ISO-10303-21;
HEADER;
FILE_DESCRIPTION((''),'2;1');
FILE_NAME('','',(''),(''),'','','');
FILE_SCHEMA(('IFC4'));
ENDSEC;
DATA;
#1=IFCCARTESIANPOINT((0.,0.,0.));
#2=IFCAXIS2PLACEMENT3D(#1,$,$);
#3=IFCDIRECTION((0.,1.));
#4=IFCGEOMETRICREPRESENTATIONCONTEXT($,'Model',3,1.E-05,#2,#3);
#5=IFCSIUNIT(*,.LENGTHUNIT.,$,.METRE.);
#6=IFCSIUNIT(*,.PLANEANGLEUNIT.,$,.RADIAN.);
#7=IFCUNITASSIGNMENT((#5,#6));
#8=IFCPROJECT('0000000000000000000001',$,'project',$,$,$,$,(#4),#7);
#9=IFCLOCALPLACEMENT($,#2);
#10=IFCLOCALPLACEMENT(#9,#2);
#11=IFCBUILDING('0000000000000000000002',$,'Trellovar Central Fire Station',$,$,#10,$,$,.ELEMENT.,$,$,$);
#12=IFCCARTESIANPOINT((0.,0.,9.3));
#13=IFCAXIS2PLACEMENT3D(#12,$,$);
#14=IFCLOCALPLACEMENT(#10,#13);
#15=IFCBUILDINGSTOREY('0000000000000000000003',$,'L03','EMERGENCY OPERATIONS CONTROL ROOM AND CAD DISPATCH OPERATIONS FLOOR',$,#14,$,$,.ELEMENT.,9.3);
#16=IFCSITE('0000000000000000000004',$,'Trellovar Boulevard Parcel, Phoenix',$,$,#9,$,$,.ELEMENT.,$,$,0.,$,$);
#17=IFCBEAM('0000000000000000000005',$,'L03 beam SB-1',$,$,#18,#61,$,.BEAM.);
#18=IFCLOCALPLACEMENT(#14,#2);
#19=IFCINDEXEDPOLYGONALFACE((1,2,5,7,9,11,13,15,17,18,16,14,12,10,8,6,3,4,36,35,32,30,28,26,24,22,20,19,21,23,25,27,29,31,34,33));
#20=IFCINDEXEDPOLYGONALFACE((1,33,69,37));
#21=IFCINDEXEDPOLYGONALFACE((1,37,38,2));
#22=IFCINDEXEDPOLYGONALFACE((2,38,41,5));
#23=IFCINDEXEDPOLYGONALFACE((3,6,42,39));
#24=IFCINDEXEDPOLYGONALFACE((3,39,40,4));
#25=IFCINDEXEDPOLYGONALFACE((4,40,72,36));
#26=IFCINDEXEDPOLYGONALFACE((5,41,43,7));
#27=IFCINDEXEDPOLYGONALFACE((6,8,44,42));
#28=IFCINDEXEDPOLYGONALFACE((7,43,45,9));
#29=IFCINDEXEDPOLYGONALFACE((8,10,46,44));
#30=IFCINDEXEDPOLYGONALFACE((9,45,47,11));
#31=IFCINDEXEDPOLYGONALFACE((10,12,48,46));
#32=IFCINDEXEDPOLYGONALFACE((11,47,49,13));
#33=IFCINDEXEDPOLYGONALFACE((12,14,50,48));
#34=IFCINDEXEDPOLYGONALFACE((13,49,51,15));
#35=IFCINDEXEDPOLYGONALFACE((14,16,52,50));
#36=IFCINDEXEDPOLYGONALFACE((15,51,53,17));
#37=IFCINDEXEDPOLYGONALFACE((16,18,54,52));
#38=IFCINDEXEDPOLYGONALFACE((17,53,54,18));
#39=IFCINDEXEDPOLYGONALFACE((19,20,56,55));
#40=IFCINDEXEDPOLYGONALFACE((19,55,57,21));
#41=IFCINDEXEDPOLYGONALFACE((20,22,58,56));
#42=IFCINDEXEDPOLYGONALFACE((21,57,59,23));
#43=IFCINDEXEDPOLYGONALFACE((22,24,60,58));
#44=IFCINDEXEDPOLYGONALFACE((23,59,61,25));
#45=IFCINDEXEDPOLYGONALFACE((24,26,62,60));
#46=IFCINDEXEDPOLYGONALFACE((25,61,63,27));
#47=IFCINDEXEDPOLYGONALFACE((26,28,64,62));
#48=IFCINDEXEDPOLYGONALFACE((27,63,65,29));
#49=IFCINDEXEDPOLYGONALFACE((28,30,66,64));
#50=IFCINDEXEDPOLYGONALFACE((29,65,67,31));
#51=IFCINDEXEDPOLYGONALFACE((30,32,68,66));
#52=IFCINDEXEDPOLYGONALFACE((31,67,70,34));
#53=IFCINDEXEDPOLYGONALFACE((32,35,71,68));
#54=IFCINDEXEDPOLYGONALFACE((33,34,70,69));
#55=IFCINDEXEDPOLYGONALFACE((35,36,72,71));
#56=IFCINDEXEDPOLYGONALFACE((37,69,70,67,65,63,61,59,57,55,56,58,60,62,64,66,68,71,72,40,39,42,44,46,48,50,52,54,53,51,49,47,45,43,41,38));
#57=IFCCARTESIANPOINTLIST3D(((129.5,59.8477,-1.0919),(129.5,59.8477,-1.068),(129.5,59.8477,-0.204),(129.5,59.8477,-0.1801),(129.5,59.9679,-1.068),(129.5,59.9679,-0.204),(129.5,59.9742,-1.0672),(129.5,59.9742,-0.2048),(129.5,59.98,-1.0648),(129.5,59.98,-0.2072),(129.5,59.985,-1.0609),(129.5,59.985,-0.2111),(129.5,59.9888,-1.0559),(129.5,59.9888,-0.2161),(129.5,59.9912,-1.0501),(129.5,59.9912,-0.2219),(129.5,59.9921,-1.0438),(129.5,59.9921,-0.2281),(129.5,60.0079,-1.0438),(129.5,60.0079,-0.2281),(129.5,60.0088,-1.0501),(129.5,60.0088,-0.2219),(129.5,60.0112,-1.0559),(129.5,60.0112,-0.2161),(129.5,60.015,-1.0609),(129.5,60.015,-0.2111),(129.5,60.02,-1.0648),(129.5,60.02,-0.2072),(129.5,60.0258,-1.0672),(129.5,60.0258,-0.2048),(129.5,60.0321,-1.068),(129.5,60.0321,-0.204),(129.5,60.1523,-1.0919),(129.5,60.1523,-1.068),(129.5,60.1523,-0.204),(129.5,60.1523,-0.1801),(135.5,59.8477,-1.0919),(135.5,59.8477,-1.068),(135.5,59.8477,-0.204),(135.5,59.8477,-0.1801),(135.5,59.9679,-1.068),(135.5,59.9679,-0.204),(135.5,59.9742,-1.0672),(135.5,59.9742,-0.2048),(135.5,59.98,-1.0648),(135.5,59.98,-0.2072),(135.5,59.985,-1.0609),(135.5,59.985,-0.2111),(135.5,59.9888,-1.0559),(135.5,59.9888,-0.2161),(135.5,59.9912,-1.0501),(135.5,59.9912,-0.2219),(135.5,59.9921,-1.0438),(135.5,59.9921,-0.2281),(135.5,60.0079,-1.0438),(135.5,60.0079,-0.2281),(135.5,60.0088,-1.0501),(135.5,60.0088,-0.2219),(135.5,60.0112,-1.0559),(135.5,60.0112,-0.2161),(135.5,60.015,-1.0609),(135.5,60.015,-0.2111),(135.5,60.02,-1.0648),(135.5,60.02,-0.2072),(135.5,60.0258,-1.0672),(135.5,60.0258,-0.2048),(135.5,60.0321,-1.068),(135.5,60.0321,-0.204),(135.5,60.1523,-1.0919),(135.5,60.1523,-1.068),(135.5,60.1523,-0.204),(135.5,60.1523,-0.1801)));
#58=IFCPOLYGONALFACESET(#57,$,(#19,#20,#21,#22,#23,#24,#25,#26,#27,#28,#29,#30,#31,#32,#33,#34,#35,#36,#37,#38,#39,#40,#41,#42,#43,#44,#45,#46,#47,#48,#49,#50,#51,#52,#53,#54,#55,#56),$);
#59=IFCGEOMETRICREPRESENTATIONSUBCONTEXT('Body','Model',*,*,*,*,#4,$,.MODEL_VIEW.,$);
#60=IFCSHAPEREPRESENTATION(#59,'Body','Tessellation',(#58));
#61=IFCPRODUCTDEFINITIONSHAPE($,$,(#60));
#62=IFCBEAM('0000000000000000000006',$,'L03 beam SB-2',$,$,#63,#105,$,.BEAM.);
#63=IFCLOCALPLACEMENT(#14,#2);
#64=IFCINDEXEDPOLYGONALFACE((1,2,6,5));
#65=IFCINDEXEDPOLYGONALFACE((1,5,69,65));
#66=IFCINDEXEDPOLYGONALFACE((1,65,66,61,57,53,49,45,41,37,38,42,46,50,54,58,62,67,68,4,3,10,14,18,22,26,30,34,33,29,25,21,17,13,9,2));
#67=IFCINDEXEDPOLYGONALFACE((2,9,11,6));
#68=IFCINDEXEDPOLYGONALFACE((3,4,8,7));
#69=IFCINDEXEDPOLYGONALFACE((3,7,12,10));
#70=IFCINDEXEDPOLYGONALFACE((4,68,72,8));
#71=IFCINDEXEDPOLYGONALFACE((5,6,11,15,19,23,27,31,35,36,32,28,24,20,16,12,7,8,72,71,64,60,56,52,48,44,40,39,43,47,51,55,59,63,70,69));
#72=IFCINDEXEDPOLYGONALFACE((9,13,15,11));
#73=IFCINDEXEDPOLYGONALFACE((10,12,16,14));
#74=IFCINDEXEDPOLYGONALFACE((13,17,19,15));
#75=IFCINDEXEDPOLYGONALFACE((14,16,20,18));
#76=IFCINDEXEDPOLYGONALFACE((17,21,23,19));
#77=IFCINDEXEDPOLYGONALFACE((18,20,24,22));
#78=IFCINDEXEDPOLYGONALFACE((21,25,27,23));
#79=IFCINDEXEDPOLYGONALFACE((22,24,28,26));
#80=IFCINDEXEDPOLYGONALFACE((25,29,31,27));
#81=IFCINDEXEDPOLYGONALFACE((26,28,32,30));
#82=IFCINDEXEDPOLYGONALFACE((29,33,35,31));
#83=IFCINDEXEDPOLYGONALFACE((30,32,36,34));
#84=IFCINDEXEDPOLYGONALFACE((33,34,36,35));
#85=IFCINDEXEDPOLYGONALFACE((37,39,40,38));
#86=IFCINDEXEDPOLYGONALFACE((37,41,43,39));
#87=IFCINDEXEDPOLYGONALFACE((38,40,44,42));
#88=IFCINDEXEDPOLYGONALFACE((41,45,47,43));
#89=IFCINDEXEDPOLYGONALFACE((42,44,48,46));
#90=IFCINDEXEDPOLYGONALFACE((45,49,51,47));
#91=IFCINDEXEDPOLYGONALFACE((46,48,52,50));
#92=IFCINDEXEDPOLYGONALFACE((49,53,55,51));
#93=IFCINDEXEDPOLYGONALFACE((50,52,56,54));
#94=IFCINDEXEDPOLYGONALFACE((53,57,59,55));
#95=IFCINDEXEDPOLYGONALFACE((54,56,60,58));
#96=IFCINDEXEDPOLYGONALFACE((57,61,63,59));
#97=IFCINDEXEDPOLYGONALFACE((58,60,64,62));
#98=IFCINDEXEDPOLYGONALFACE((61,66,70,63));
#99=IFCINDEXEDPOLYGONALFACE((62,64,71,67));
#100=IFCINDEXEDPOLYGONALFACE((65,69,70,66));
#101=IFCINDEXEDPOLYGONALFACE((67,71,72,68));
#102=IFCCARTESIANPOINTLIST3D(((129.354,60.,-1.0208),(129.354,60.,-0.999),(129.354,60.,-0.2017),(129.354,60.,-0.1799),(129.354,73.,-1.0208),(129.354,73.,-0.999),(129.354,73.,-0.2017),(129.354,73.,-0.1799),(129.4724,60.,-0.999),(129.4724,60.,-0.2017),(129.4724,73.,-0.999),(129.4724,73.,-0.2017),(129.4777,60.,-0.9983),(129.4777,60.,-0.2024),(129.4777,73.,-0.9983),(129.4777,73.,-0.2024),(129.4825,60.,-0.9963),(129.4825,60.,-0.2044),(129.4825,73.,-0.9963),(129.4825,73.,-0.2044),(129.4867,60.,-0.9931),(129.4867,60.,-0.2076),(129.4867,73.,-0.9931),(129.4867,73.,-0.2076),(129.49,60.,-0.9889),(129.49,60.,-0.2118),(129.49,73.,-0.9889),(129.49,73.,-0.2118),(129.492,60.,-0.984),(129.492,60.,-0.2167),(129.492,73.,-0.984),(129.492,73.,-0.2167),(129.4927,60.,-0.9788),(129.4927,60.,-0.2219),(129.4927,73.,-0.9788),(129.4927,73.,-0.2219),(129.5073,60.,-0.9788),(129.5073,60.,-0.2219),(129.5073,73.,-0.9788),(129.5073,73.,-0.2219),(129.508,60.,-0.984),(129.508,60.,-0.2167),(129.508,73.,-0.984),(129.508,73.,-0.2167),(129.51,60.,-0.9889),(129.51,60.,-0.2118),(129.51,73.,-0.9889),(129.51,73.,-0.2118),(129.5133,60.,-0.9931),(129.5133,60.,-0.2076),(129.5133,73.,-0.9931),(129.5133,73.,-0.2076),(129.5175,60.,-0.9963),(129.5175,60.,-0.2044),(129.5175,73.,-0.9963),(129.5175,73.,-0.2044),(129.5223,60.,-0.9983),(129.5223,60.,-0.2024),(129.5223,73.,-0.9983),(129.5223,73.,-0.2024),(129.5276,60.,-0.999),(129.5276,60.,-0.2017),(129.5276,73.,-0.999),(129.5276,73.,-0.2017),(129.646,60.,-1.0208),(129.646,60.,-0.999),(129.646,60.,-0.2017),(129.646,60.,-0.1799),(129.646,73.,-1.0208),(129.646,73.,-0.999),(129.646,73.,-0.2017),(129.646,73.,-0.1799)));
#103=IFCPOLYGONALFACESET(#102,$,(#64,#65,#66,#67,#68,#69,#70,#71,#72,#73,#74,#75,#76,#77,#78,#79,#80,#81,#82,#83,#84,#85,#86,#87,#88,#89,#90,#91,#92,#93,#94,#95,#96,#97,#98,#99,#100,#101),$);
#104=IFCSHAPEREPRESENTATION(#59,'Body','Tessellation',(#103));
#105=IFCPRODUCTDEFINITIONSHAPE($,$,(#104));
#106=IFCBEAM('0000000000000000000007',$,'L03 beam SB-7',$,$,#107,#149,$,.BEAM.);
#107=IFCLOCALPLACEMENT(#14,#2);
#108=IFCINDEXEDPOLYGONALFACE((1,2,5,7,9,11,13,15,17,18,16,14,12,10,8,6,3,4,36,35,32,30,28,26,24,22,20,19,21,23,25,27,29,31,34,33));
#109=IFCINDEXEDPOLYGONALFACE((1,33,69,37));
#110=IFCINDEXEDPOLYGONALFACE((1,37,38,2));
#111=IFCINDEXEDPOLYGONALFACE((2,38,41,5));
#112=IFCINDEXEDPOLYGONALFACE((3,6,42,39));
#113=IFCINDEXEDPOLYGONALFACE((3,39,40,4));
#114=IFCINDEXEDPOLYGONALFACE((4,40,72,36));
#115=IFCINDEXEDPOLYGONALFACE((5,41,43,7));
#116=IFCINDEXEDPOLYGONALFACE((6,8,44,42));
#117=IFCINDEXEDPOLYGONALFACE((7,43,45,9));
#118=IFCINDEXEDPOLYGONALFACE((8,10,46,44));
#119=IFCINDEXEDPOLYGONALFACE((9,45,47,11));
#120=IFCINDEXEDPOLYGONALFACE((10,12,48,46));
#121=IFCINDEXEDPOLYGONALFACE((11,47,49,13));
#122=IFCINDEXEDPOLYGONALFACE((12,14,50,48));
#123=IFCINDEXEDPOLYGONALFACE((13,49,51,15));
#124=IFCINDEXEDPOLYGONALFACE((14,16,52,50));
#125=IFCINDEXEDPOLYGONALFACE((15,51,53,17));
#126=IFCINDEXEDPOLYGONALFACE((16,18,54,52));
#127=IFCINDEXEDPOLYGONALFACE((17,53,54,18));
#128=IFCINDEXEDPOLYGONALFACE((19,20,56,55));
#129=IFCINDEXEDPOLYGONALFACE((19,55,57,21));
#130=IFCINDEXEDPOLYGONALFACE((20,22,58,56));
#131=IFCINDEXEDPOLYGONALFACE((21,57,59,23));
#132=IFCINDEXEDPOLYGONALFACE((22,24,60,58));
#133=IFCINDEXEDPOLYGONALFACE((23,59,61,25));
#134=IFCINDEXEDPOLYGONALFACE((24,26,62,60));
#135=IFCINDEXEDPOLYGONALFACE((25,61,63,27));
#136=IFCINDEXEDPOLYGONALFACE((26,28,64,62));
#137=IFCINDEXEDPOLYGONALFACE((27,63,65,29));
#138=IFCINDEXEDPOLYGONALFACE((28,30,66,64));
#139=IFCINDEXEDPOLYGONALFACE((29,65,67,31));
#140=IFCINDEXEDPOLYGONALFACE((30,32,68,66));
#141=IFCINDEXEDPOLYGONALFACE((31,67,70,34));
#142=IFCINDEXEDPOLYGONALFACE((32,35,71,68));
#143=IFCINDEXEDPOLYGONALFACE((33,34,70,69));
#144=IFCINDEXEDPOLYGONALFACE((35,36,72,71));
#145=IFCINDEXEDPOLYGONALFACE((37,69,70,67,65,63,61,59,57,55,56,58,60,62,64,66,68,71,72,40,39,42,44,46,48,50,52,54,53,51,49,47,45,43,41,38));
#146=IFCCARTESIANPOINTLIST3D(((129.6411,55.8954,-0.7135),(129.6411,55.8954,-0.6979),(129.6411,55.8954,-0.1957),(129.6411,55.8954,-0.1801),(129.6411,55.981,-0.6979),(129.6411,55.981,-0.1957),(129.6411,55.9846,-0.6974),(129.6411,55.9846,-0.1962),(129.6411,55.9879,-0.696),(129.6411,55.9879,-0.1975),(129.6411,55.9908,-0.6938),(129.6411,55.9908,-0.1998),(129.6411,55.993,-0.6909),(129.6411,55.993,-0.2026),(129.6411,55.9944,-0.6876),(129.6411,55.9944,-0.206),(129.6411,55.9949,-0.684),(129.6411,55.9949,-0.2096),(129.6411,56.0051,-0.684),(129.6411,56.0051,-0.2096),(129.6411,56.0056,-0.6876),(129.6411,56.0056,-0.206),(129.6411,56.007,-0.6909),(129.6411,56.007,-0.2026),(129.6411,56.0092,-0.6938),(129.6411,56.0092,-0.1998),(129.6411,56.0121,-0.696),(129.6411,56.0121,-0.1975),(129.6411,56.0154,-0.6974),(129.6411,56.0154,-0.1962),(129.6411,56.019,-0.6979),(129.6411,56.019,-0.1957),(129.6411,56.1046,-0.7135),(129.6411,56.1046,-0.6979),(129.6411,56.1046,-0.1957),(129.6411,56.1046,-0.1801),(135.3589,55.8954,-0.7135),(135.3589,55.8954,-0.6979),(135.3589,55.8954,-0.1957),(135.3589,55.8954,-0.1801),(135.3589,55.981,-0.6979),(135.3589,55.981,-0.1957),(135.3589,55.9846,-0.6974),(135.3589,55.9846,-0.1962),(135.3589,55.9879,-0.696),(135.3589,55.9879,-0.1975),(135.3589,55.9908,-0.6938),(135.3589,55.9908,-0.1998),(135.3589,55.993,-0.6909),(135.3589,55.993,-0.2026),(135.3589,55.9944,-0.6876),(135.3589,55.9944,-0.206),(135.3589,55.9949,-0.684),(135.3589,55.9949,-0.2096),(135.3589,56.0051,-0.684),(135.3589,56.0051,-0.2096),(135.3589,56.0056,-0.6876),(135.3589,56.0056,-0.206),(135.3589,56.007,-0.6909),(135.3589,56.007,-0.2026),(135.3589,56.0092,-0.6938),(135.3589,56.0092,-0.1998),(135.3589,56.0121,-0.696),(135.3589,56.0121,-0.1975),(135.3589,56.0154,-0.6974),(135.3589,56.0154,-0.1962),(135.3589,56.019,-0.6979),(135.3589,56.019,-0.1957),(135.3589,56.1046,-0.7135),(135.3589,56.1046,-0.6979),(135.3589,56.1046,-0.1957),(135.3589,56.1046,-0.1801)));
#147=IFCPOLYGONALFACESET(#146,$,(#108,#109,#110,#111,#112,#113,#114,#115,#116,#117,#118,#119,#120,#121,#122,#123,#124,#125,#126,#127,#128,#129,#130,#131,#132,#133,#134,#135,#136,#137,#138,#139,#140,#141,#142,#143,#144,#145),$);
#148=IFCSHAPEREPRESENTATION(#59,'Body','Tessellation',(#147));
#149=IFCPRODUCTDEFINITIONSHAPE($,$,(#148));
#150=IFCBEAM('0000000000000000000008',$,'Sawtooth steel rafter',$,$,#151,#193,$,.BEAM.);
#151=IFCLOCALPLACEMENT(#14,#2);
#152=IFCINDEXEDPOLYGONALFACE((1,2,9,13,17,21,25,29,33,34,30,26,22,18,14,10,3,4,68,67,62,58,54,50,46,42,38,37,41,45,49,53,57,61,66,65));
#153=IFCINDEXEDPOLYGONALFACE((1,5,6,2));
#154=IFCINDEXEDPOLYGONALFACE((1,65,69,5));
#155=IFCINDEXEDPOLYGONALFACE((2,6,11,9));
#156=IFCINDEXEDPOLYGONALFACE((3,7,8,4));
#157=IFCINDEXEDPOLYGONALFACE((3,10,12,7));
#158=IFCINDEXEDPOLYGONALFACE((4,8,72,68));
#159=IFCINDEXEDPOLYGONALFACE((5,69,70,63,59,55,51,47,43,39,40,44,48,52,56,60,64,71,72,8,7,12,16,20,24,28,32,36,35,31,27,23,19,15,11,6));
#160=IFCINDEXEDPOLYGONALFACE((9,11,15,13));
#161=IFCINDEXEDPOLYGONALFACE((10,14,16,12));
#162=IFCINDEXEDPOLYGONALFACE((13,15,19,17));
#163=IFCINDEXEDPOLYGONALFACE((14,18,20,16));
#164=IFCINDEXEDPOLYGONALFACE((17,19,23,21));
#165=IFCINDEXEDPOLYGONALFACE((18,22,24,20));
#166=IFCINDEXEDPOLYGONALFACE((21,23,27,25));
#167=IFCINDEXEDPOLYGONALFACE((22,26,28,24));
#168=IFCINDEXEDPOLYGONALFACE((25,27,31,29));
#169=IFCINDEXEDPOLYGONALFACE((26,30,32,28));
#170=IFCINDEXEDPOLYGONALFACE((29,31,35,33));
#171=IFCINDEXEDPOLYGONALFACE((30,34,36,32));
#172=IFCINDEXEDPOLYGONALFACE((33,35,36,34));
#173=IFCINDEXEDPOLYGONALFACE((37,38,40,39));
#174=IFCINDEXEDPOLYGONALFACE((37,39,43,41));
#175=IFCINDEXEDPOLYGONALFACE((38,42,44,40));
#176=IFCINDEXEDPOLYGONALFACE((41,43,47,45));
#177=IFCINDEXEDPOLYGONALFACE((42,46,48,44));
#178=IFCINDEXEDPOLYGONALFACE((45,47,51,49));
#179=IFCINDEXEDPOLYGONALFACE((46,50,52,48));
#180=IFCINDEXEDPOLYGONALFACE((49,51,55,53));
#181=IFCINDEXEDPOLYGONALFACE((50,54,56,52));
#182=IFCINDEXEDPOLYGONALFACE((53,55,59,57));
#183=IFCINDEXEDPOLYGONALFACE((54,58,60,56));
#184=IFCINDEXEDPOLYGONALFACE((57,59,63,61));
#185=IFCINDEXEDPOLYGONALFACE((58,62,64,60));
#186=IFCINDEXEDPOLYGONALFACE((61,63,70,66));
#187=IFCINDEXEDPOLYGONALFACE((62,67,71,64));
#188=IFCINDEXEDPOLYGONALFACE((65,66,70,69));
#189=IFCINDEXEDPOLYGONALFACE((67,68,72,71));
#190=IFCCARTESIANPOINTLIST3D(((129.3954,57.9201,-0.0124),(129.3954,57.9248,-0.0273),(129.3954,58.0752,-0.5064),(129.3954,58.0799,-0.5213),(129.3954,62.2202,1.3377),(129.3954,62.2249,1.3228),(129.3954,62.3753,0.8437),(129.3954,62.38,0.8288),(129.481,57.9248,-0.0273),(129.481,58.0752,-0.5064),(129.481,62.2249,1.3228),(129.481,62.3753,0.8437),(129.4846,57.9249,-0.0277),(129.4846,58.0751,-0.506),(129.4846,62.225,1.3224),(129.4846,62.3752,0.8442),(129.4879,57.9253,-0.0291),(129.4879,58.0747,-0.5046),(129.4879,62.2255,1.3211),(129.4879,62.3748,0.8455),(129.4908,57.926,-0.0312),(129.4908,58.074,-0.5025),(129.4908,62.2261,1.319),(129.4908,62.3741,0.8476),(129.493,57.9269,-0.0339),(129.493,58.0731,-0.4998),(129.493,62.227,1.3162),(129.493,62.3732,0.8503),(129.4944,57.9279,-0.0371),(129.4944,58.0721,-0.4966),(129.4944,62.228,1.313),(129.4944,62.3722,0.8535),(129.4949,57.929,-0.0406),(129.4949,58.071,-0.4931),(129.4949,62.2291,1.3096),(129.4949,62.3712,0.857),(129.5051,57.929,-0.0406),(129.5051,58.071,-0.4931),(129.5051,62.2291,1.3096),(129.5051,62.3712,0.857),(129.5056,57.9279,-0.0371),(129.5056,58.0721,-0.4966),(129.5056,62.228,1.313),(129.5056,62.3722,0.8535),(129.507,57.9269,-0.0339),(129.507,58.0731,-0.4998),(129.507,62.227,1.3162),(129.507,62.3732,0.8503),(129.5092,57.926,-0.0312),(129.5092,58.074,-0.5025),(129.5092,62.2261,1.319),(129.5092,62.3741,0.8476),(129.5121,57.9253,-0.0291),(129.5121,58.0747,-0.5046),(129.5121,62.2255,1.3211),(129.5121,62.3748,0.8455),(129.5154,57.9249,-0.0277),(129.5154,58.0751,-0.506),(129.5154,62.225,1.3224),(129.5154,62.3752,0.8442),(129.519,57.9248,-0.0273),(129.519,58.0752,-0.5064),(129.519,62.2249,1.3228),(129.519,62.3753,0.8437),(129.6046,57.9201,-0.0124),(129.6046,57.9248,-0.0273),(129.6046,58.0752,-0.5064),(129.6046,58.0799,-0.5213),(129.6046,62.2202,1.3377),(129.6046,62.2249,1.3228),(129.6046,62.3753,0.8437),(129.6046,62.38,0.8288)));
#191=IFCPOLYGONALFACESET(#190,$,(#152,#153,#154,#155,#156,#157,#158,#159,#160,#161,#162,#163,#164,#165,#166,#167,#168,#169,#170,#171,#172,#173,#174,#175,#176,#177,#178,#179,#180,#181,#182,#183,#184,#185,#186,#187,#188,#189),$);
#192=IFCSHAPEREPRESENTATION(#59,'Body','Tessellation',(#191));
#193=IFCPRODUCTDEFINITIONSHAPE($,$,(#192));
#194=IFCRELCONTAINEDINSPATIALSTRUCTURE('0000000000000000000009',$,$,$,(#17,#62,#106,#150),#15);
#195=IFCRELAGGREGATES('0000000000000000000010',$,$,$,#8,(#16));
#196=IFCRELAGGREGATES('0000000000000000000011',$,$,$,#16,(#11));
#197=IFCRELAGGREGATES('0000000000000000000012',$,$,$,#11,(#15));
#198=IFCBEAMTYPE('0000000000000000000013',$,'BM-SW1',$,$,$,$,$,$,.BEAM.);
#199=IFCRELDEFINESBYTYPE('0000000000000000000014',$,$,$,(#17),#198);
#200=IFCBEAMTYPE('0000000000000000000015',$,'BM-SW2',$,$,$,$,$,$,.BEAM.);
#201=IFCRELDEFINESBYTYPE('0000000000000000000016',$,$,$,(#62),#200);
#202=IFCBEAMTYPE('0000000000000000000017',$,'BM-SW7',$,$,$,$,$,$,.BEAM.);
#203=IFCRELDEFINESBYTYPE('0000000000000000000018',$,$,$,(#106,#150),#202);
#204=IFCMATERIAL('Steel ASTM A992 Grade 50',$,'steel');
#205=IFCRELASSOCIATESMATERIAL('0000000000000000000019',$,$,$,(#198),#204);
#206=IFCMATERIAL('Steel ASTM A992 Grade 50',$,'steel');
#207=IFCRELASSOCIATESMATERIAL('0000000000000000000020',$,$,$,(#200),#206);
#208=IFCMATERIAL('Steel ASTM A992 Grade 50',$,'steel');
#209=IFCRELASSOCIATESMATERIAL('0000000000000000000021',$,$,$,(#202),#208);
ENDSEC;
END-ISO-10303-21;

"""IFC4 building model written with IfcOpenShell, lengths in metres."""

from ifc_helpers import new_model, si_unit, direction, frame, origin, origin_2d, place, context, subcontext, project, spatial, i_section, extrude, material, material_profile, profile_set, type_object, element, save


model = new_model("IFC4")

# Units and contexts
model_context = context("Model", 3, precision=1e-05, world=origin(), true_north=direction((0.0, 1.0)))
body_context = subcontext(model_context, "Body", "Model", "MODEL_VIEW")
ifc_project = project(units=[si_unit("LENGTHUNIT", "METRE"), si_unit("PLANEANGLEUNIT", "RADIAN")], contexts=[model_context])

# Site, building, storey
site_placement = place(None, origin())
site = spatial("IfcSite", under=ifc_project, at=site_placement, Name="Trellovar Boulevard Parcel, Phoenix", CompositionType="ELEMENT", RefElevation=0.0)
building_placement = place(site_placement, origin())
building = spatial("IfcBuilding", under=site, at=building_placement, Name="Trellovar Central Fire Station", CompositionType="ELEMENT")
storey_placement = place(building_placement, frame((0.0, 0.0, 9.3)))
storey = spatial("IfcBuildingStorey", under=building, at=storey_placement, Name="L03", Description="EMERGENCY OPERATIONS CONTROL ROOM AND CAD DISPATCH OPERATIONS FLOOR", CompositionType="ELEMENT", Elevation=9.3)

# Beams
ifc_material_1 = material(Name="Steel ASTM A992 Grade 50", Category="steel")
ifc_material_profile_1 = material_profile(ifc_material_1, i_section(OverallWidth=0.3047, OverallDepth=0.9119, WebThickness=0.0159, FlangeThickness=0.0239, FilletRadius=0.0242, at=origin_2d()), Name="W36X150")
ifc_profile_set_1 = profile_set([ifc_material_profile_1], Name="Steel ASTM A992 Grade 50")
beam_type_1 = type_object("IfcBeamType", Name="BM-SW1", PredefinedType="BEAM", material=ifc_profile_set_1)
beam_1_placement = place(storey_placement, frame((129.5, 60.0, -0.636), z_axis=(1.0, 0.0, 0.0), x_axis=(0.0, 1.0, 0.0)))
element("IfcBeam", 1, at=beam_1_placement, inside=storey, type_object=beam_type_1, Name="L03 beam SB-1", PredefinedType="BEAM", context=body_context, shape_type="SweptSolid", body=[
    extrude(i_section(OverallWidth=0.3047, OverallDepth=0.9119, WebThickness=0.0159, FlangeThickness=0.0239, FilletRadius=0.0242, at=origin_2d()), origin(), (0.0, 0.0, 1.0), 6.0),
])
ifc_material_2 = material(Name="Steel ASTM A992 Grade 50", Category="steel")
ifc_material_profile_2 = material_profile(ifc_material_2, i_section(OverallWidth=0.292, OverallDepth=0.8408, WebThickness=0.0146, FlangeThickness=0.0217, FilletRadius=0.0203, at=origin_2d()), Name="W33X130")
ifc_profile_set_2 = profile_set([ifc_material_profile_2], Name="Steel ASTM A992 Grade 50")
beam_type_2 = type_object("IfcBeamType", Name="BM-SW2", PredefinedType="BEAM", material=ifc_profile_set_2)
beam_2_placement = place(storey_placement, frame((129.5, 60.0, -0.6003), z_axis=(0.0, 1.0, 0.0), x_axis=(-1.0, 0.0, 0.0)))
element("IfcBeam", 2, at=beam_2_placement, inside=storey, type_object=beam_type_2, Name="L03 beam SB-2", PredefinedType="BEAM", context=body_context, shape_type="SweptSolid", body=[
    extrude(i_section(OverallWidth=0.292, OverallDepth=0.8408, WebThickness=0.0146, FlangeThickness=0.0217, FilletRadius=0.0203, at=origin_2d()), origin(), (0.0, 0.0, 1.0), 13.0),
])
ifc_material_3 = material(Name="Steel ASTM A992 Grade 50", Category="steel")
ifc_material_profile_3 = material_profile(ifc_material_3, i_section(OverallWidth=0.2092, OverallDepth=0.5334, WebThickness=0.0103, FlangeThickness=0.0156, FilletRadius=0.0139, at=origin_2d()), Name="W21X62")
ifc_profile_set_3 = profile_set([ifc_material_profile_3], Name="Steel ASTM A992 Grade 50")
beam_type_3 = type_object("IfcBeamType", Name="BM-SW7", PredefinedType="BEAM", material=ifc_profile_set_3)
beam_3_placement = place(storey_placement, frame((129.6411, 56.0, -0.4468), z_axis=(1.0, 0.0, 0.0), x_axis=(0.0, 1.0, 0.0)))
element("IfcBeam", 3, at=beam_3_placement, inside=storey, type_object=beam_type_3, Name="L03 beam SB-7", PredefinedType="BEAM", context=body_context, shape_type="SweptSolid", body=[
    extrude(i_section(OverallWidth=0.2092, OverallDepth=0.5334, WebThickness=0.0103, FlangeThickness=0.0156, FilletRadius=0.0139, at=origin_2d()), origin(), (0.0, 0.0, 1.0), 5.7178),
])
beam_4_placement = place(storey_placement, frame((129.5, 58.0, -0.2668), z_axis=(0.0, 0.954079, 0.299555), x_axis=(-1.0, 0.0, 0.0)))
element("IfcBeam", 4, at=beam_4_placement, inside=storey, type_object=beam_type_3, Name="Sawtooth steel rafter", PredefinedType="BEAM", context=body_context, shape_type="SweptSolid", body=[
    extrude(i_section(OverallWidth=0.2092, OverallDepth=0.5334, WebThickness=0.0103, FlangeThickness=0.0156, FilletRadius=0.0139, at=origin_2d()), origin(), (0.0, 0.0, 1.0), 4.5071),
])

save(model, "model.ifc")
